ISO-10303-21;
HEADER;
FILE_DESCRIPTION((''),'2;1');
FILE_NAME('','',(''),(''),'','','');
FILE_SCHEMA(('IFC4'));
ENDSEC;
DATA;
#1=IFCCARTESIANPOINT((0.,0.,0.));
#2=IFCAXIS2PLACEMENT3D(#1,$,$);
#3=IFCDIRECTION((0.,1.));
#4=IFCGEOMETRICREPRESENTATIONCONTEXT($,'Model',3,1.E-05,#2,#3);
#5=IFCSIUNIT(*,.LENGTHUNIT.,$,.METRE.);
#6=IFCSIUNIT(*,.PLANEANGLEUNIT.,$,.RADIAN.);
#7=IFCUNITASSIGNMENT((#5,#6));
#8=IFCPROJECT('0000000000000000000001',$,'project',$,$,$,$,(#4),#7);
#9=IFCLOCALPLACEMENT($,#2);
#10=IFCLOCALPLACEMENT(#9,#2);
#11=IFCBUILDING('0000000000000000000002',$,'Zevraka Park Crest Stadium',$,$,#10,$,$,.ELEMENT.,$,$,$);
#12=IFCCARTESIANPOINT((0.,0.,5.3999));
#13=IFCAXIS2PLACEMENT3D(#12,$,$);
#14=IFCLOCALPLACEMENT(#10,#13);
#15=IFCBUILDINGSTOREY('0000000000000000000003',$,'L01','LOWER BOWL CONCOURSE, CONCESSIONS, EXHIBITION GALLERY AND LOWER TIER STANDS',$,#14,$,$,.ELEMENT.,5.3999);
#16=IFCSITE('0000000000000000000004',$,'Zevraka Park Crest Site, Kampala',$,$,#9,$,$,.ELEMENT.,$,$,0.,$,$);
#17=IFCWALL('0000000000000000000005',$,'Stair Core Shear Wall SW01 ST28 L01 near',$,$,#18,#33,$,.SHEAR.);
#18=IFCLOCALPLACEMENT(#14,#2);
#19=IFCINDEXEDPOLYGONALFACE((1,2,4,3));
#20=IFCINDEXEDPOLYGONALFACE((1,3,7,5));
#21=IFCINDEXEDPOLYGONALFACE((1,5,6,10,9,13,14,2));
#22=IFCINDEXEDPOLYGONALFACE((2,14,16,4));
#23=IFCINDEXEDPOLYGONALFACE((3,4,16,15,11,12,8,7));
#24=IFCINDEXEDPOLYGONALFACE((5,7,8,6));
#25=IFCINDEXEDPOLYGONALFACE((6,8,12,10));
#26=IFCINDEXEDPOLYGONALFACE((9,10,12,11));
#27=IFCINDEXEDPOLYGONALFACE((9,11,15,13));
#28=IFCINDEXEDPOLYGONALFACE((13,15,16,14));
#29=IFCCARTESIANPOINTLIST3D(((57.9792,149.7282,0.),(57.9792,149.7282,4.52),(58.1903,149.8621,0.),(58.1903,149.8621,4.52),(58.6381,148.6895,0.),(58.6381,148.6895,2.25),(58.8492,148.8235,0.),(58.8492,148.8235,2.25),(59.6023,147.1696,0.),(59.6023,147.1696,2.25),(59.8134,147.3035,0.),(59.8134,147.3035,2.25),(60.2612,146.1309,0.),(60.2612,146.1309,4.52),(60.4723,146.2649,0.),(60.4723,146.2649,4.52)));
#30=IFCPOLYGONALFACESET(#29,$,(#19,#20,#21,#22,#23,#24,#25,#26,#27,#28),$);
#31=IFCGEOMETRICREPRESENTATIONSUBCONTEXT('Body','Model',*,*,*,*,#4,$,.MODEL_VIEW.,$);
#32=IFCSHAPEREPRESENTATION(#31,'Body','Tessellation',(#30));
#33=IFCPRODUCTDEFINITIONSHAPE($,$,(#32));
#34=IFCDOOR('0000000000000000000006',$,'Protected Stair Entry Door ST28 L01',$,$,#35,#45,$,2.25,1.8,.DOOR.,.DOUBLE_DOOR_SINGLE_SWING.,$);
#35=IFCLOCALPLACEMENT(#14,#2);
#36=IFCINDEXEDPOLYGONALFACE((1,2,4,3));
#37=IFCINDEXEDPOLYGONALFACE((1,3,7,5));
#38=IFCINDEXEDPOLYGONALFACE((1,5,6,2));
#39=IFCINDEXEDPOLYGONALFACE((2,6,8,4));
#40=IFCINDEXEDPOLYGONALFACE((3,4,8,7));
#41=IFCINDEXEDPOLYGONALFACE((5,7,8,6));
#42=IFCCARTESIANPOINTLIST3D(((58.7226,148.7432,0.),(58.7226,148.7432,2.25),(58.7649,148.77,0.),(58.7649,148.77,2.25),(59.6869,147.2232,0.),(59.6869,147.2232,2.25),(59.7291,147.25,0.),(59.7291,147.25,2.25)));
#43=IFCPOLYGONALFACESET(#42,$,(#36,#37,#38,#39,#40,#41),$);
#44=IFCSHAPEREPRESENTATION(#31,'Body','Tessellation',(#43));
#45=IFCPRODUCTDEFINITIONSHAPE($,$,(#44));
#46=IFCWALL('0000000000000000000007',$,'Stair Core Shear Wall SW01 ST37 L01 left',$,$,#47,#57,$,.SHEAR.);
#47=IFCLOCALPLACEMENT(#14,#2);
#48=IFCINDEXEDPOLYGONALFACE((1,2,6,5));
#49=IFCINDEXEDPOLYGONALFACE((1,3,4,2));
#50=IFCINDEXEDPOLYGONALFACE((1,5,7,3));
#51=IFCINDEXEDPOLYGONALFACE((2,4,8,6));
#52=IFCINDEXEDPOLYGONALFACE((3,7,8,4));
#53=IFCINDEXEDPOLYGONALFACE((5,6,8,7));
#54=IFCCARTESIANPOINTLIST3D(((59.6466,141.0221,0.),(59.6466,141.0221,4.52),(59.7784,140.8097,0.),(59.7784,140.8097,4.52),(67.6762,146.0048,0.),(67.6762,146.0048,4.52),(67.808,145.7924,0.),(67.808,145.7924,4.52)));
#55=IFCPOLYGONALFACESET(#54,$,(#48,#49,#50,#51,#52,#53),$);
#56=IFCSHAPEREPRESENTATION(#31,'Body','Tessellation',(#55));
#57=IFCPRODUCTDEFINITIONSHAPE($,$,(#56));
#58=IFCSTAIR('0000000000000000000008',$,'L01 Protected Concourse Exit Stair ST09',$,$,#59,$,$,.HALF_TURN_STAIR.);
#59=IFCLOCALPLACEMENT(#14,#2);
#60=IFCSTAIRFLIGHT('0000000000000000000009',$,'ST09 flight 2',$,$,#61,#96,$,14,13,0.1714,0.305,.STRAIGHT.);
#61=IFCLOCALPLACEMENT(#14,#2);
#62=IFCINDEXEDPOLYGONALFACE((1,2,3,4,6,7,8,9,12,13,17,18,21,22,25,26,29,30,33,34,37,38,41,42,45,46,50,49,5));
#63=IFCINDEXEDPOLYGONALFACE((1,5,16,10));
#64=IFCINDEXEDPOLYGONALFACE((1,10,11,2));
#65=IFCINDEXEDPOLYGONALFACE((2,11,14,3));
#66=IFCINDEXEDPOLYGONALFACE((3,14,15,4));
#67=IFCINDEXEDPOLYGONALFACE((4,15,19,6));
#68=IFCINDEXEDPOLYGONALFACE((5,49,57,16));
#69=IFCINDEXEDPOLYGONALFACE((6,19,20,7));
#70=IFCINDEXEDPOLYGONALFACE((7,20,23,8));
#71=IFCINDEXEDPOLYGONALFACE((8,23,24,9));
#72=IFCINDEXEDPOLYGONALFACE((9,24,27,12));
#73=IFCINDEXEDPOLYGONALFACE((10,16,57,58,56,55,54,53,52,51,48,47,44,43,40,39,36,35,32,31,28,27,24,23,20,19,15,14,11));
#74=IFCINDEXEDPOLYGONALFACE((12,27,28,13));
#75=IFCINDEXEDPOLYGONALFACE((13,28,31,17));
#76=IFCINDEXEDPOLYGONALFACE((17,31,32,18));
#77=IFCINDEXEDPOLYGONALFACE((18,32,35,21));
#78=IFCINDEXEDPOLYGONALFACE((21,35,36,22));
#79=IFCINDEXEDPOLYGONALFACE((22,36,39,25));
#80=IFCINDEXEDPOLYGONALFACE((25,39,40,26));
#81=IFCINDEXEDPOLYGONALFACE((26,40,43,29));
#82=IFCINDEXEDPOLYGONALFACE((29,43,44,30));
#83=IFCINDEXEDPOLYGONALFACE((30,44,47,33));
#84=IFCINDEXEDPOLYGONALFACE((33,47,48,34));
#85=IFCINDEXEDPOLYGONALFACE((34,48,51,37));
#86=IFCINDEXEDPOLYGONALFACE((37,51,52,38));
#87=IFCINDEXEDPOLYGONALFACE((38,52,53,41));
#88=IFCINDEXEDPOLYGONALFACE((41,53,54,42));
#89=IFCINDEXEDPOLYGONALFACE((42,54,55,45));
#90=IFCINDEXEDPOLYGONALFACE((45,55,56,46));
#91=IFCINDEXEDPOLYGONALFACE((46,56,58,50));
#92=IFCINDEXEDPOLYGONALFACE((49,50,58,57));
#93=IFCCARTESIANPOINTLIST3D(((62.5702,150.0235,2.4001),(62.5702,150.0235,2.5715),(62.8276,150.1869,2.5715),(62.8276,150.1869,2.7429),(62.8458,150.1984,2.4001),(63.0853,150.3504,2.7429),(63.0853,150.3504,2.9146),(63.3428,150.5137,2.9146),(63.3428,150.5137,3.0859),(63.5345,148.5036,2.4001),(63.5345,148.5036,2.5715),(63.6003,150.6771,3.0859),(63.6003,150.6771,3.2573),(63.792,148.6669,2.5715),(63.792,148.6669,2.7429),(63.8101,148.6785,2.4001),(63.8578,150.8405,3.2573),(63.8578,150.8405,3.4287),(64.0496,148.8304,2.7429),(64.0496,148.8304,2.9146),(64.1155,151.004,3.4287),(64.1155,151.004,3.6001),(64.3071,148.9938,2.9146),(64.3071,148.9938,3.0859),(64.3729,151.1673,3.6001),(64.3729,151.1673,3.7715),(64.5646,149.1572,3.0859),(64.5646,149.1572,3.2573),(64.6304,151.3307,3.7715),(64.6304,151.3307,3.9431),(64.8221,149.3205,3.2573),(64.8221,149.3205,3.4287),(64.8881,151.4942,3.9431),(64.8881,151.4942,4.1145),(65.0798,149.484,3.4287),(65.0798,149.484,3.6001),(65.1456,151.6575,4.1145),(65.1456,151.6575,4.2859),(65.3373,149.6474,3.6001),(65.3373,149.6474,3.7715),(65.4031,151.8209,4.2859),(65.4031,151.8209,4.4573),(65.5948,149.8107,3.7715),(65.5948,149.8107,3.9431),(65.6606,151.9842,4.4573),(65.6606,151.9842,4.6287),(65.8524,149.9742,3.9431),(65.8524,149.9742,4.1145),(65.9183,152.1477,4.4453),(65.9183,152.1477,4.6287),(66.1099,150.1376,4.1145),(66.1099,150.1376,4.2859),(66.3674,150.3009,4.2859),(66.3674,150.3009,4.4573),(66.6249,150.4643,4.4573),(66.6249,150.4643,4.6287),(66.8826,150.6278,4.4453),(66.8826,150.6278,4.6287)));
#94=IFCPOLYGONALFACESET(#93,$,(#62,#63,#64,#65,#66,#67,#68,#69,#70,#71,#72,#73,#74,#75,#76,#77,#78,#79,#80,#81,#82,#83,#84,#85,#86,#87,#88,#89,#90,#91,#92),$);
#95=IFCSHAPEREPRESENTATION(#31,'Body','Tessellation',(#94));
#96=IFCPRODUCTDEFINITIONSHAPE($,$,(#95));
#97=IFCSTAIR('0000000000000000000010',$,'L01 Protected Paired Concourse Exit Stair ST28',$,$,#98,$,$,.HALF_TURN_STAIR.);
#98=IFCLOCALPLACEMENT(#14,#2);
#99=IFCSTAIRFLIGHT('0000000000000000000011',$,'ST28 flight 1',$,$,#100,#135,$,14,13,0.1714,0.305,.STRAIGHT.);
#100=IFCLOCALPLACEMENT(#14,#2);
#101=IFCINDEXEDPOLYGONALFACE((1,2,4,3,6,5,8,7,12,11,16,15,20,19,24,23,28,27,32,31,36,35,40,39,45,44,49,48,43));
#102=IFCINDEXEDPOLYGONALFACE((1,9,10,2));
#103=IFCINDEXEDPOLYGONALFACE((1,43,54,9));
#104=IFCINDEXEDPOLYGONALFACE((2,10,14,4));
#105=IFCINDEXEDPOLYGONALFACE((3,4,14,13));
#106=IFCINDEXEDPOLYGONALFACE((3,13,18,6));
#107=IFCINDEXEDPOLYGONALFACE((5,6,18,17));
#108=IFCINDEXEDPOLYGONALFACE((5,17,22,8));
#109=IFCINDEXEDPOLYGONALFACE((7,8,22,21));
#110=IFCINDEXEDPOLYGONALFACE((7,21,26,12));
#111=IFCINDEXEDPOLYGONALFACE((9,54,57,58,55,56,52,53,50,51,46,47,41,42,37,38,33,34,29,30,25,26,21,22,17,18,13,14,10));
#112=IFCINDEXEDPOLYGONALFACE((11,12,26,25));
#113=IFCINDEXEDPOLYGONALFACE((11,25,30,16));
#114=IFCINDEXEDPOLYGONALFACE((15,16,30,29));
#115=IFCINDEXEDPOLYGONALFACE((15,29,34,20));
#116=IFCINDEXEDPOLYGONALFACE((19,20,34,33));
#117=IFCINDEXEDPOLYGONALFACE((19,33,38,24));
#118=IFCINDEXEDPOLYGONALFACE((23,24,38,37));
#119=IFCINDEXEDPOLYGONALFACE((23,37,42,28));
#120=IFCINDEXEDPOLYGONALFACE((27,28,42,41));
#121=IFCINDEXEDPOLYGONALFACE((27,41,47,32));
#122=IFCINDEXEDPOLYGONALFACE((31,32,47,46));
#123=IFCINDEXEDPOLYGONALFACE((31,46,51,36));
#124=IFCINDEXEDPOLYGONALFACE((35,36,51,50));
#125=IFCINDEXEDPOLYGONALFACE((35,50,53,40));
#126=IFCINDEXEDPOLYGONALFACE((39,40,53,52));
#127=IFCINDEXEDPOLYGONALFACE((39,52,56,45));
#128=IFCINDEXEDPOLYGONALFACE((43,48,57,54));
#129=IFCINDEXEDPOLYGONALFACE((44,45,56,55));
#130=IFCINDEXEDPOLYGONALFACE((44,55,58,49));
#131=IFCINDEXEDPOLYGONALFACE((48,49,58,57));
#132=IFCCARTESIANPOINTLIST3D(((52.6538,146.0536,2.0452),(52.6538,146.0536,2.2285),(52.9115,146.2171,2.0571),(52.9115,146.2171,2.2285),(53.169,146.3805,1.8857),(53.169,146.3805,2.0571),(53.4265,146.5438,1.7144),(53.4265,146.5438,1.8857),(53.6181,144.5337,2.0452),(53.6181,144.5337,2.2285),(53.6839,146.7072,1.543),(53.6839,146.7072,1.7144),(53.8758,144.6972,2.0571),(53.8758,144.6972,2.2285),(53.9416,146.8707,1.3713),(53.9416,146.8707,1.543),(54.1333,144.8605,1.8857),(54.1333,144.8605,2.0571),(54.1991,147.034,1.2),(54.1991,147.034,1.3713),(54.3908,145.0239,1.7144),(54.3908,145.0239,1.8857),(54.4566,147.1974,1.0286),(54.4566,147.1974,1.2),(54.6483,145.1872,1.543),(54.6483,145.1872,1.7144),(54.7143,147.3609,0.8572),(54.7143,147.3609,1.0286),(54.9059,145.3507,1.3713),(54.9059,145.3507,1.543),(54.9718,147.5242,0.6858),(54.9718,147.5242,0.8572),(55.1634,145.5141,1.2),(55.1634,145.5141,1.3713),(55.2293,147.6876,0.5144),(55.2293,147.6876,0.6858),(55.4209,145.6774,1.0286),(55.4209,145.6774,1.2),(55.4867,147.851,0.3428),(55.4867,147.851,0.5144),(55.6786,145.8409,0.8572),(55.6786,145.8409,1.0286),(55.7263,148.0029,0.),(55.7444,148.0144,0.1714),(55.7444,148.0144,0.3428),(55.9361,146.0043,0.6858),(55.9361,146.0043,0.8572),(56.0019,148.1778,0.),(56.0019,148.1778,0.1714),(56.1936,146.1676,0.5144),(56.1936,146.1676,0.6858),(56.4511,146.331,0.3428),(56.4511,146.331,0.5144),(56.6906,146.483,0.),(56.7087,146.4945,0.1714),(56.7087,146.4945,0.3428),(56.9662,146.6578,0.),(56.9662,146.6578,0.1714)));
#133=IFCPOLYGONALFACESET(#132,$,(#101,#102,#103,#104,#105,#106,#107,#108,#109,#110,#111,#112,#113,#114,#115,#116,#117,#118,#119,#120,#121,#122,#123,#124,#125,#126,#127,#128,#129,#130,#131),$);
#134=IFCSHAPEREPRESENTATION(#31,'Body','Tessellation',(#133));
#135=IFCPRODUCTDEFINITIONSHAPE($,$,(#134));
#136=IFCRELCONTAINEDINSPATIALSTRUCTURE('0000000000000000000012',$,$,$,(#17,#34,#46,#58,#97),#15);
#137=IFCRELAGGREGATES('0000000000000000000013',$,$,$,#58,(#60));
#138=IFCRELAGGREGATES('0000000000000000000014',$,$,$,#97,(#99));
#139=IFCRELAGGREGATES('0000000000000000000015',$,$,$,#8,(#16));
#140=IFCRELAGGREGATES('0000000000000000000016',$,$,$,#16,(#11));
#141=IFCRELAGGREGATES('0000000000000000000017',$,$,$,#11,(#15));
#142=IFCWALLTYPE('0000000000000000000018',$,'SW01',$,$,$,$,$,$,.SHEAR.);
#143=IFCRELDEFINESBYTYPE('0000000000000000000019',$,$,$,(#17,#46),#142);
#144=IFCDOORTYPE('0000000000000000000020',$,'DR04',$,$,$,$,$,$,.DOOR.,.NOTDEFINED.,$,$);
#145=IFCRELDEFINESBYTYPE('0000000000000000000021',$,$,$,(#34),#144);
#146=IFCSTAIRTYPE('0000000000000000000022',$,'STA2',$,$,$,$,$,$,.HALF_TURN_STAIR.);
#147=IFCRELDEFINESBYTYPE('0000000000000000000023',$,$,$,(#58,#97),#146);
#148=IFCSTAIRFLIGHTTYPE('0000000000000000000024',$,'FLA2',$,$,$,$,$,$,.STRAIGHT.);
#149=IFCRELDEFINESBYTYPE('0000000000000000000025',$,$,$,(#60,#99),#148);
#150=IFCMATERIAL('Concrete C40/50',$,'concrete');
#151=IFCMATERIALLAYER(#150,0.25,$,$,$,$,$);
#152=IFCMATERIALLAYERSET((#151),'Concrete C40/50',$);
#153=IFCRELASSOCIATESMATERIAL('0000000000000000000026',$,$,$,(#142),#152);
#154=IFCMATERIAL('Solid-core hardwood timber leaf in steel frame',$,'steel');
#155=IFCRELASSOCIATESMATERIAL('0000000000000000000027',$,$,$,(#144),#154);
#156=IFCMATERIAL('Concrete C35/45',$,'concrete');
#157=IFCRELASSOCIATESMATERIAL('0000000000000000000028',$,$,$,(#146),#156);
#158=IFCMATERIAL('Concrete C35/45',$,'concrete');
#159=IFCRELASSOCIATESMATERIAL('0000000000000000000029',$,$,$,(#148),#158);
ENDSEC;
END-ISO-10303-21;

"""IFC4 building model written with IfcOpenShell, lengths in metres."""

from ifc_helpers import new_model, si_unit, direction, frame, frame_2d, origin, place, context, subcontext, project, spatial, polyline, rectangle, outline, extrude, material, layer, layer_set, type_object, element, fill, aggregate, save


model = new_model("IFC4")

# Units and contexts
model_context = context("Model", 3, precision=1e-05, world=origin(), true_north=direction((0.0, 1.0)))
body_context = subcontext(model_context, "Body", "Model", "MODEL_VIEW")
ifc_project = project(units=[si_unit("LENGTHUNIT", "METRE"), si_unit("PLANEANGLEUNIT", "RADIAN")], contexts=[model_context])

# Site, building, storey
site_placement = place(None, origin())
site = spatial("IfcSite", under=ifc_project, at=site_placement, Name="Zevraka Park Crest Site, Kampala", CompositionType="ELEMENT", RefElevation=0.0)
building_placement = place(site_placement, origin())
building = spatial("IfcBuilding", under=site, at=building_placement, Name="Zevraka Park Crest Stadium", CompositionType="ELEMENT")
storey_placement = place(building_placement, frame((0.0, 0.0, 5.3999)))
storey = spatial("IfcBuildingStorey", under=building, at=storey_placement, Name="L01", Description="LOWER BOWL CONCOURSE, CONCESSIONS, EXHIBITION GALLERY AND LOWER TIER STANDS", CompositionType="ELEMENT", Elevation=5.3999)

# Shared definitions
ifc_material_1 = material(Name="Concrete C40/50", Category="concrete")
ifc_layer = layer(ifc_material_1, 0.25)
ifc_layer_set = layer_set([ifc_layer], Name="Concrete C40/50")
wall_type = type_object("IfcWallType", Name="SW01", PredefinedType="SHEAR", material=ifc_layer_set)

# Shared definitions
ifc_material_2 = material(Name="Solid-core hardwood timber leaf in steel frame", Category="steel")
door_type = type_object("IfcDoorType", Name="DR04", OperationType="NOTDEFINED", PredefinedType="DOOR", material=ifc_material_2)

# Wall, opening, door
wall_1_placement = place(storey_placement, frame((60.3667, 146.198, 0.0), z_axis=(0.0, 0.0, 1.0), x_axis=(-0.535685, 0.844418, 0.0)))
wall_1 = element("IfcWall", 1, at=wall_1_placement, inside=storey, type_object=wall_type, Name="Stair Core Shear Wall SW01 ST28 L01 near", PredefinedType="SHEAR", context=body_context, shape_type="SweptSolid", body=[
    extrude(rectangle(XDim=4.26, YDim=0.25, at=frame_2d((2.1299, 0.0))), origin(), (0.0, 0.0, 1.0), 4.52),
])
opening_1_placement = place(wall_1_placement, frame((1.23, 0.0, 0.0)))
opening_1 = element("IfcOpeningElement", 2, at=opening_1_placement, cuts=wall_1, PredefinedType="OPENING", context=body_context, shape_type="SweptSolid", body=[
    extrude(rectangle(XDim=1.8, YDim=2.25, at=frame_2d((0.8999, 1.125))), frame((0.0, 0.135, 0.0), z_axis=(0.0, -1.0, 0.0), x_axis=(1.0, 0.0, 0.0)), (0.0, 0.0, 1.0), 0.27),
])
door_1_placement = place(opening_1_placement, origin())
door_1 = element("IfcDoor", 3, at=door_1_placement, inside=storey, type_object=door_type, Name="Protected Stair Entry Door ST28 L01", OperationType="DOUBLE_DOOR_SINGLE_SWING", OverallHeight=2.25, OverallWidth=1.8, PredefinedType="DOOR", context=body_context, shape_type="SweptSolid", body=[
    extrude(rectangle(XDim=1.8, YDim=2.25, at=frame_2d((0.8999, 1.125))), frame((0.0, 0.0249, 0.0), z_axis=(0.0, -1.0, 0.0), x_axis=(1.0, 0.0, 0.0)), (0.0, 0.0, 1.0), 0.05),
])
fill(opening_1, door_1)

# Wall
wall_2_placement = place(storey_placement, frame((67.7422, 145.8987, 0.0), z_axis=(0.0, 0.0, 1.0), x_axis=(-0.849696, -0.527272, 0.0)))
element("IfcWall", 4, at=wall_2_placement, inside=storey, type_object=wall_type, Name="Stair Core Shear Wall SW01 ST37 L01 left", PredefinedType="SHEAR", context=body_context, shape_type="SweptSolid", body=[
    extrude(rectangle(XDim=9.45, YDim=0.25, at=frame_2d((4.7251, 0.0))), origin(), (0.0, 0.0, 1.0), 4.52),
])

# Stairs, stair flights
ifc_material_3 = material(Name="Concrete C35/45", Category="concrete")
stair_type = type_object("IfcStairType", Name="STA2", PredefinedType="HALF_TURN_STAIR", material=ifc_material_3)
stair_1_placement = place(storey_placement, origin())
stair_1 = element("IfcStair", 5, at=stair_1_placement, inside=storey, type_object=stair_type, Name="L01 Protected Concourse Exit Stair ST09", PredefinedType="HALF_TURN_STAIR")
ifc_material_4 = material(Name="Concrete C35/45", Category="concrete")
stair_flight_type = type_object("IfcStairFlightType", Name="FLA2", PredefinedType="STRAIGHT", material=ifc_material_4)
stair_flight_1_placement = place(storey_placement, frame((63.0522, 149.2637, 2.4001), z_axis=(0.0, 0.0, 1.0), x_axis=(0.844397, 0.535718, 0.0)))
stair_flight_1 = element("IfcStairFlight", 6, at=stair_flight_1_placement, type_object=stair_flight_type, Name="ST09 flight 2", NumberOfRisers=14, NumberOfTreads=13, PredefinedType="STRAIGHT", RiserHeight=0.1714, TreadLength=0.305, context=body_context, shape_type="SweptSolid", body=[
    extrude(outline(polyline([(0.0, 0.0), (0.0, 0.1714), (0.3049, 0.1714), (0.3049, 0.3428), (0.6101, 0.3428), (0.6101, 0.5144), (0.915, 0.5144), (0.915, 0.6858), (1.22, 0.6858), (1.22, 0.8572), (1.5249, 0.8572), (1.5249, 1.0286), (1.8301, 1.0286), (1.8301, 1.2), (2.135, 1.2), (2.135, 1.3713), (2.4399, 1.3713), (2.4399, 1.543), (2.7451, 1.543), (2.7451, 1.7144), (3.05, 1.7144), (3.05, 1.8857), (3.355, 1.8857), (3.355, 2.0571), (3.6599, 2.0571), (3.6599, 2.2285), (3.9651, 2.2285), (3.9651, 2.3999), (3.9651, 2.0452), (0.3264, 0.0), (0.0, 0.0)])), frame((0.0, 0.8999, 0.0), z_axis=(0.0, -1.0, 0.0), x_axis=(1.0, 0.0, 0.0)), (0.0, 0.0, 1.0), 1.8),
])
aggregate(stair_1, [stair_flight_1])
stair_2_placement = place(storey_placement, origin())
stair_2 = element("IfcStair", 7, at=stair_2_placement, inside=storey, type_object=stair_type, Name="L01 Protected Paired Concourse Exit Stair ST28", PredefinedType="HALF_TURN_STAIR")
stair_flight_2_placement = place(storey_placement, frame((56.4841, 147.4177, 0.0), z_axis=(0.0, 0.0, 1.0), x_axis=(-0.844397, -0.535718, 0.0)))
stair_flight_2 = element("IfcStairFlight", 8, at=stair_flight_2_placement, type_object=stair_flight_type, Name="ST28 flight 1", NumberOfRisers=14, NumberOfTreads=13, PredefinedType="STRAIGHT", RiserHeight=0.1714, TreadLength=0.305, context=body_context, shape_type="SweptSolid", body=[
    extrude(outline(polyline([(0.0, 0.0), (0.0, 0.1714), (0.3049, 0.1714), (0.3049, 0.3428), (0.6101, 0.3428), (0.6101, 0.5144), (0.915, 0.5144), (0.915, 0.6858), (1.22, 0.6858), (1.22, 0.8572), (1.5249, 0.8572), (1.5249, 1.0286), (1.8301, 1.0286), (1.8301, 1.2), (2.135, 1.2), (2.135, 1.3713), (2.4399, 1.3713), (2.4399, 1.543), (2.7451, 1.543), (2.7451, 1.7144), (3.05, 1.7144), (3.05, 1.8857), (3.355, 1.8857), (3.355, 2.0571), (3.6599, 2.0571), (3.6599, 2.2285), (3.9651, 2.2285), (3.9651, 2.3999), (3.9651, 2.0452), (0.3264, 0.0), (0.0, 0.0)])), frame((0.0, 0.8999, 0.0), z_axis=(0.0, -1.0, 0.0), x_axis=(1.0, 0.0, 0.0)), (0.0, 0.0, 1.0), 1.8),
])
aggregate(stair_2, [stair_flight_2])

save(model, "model.ifc")
